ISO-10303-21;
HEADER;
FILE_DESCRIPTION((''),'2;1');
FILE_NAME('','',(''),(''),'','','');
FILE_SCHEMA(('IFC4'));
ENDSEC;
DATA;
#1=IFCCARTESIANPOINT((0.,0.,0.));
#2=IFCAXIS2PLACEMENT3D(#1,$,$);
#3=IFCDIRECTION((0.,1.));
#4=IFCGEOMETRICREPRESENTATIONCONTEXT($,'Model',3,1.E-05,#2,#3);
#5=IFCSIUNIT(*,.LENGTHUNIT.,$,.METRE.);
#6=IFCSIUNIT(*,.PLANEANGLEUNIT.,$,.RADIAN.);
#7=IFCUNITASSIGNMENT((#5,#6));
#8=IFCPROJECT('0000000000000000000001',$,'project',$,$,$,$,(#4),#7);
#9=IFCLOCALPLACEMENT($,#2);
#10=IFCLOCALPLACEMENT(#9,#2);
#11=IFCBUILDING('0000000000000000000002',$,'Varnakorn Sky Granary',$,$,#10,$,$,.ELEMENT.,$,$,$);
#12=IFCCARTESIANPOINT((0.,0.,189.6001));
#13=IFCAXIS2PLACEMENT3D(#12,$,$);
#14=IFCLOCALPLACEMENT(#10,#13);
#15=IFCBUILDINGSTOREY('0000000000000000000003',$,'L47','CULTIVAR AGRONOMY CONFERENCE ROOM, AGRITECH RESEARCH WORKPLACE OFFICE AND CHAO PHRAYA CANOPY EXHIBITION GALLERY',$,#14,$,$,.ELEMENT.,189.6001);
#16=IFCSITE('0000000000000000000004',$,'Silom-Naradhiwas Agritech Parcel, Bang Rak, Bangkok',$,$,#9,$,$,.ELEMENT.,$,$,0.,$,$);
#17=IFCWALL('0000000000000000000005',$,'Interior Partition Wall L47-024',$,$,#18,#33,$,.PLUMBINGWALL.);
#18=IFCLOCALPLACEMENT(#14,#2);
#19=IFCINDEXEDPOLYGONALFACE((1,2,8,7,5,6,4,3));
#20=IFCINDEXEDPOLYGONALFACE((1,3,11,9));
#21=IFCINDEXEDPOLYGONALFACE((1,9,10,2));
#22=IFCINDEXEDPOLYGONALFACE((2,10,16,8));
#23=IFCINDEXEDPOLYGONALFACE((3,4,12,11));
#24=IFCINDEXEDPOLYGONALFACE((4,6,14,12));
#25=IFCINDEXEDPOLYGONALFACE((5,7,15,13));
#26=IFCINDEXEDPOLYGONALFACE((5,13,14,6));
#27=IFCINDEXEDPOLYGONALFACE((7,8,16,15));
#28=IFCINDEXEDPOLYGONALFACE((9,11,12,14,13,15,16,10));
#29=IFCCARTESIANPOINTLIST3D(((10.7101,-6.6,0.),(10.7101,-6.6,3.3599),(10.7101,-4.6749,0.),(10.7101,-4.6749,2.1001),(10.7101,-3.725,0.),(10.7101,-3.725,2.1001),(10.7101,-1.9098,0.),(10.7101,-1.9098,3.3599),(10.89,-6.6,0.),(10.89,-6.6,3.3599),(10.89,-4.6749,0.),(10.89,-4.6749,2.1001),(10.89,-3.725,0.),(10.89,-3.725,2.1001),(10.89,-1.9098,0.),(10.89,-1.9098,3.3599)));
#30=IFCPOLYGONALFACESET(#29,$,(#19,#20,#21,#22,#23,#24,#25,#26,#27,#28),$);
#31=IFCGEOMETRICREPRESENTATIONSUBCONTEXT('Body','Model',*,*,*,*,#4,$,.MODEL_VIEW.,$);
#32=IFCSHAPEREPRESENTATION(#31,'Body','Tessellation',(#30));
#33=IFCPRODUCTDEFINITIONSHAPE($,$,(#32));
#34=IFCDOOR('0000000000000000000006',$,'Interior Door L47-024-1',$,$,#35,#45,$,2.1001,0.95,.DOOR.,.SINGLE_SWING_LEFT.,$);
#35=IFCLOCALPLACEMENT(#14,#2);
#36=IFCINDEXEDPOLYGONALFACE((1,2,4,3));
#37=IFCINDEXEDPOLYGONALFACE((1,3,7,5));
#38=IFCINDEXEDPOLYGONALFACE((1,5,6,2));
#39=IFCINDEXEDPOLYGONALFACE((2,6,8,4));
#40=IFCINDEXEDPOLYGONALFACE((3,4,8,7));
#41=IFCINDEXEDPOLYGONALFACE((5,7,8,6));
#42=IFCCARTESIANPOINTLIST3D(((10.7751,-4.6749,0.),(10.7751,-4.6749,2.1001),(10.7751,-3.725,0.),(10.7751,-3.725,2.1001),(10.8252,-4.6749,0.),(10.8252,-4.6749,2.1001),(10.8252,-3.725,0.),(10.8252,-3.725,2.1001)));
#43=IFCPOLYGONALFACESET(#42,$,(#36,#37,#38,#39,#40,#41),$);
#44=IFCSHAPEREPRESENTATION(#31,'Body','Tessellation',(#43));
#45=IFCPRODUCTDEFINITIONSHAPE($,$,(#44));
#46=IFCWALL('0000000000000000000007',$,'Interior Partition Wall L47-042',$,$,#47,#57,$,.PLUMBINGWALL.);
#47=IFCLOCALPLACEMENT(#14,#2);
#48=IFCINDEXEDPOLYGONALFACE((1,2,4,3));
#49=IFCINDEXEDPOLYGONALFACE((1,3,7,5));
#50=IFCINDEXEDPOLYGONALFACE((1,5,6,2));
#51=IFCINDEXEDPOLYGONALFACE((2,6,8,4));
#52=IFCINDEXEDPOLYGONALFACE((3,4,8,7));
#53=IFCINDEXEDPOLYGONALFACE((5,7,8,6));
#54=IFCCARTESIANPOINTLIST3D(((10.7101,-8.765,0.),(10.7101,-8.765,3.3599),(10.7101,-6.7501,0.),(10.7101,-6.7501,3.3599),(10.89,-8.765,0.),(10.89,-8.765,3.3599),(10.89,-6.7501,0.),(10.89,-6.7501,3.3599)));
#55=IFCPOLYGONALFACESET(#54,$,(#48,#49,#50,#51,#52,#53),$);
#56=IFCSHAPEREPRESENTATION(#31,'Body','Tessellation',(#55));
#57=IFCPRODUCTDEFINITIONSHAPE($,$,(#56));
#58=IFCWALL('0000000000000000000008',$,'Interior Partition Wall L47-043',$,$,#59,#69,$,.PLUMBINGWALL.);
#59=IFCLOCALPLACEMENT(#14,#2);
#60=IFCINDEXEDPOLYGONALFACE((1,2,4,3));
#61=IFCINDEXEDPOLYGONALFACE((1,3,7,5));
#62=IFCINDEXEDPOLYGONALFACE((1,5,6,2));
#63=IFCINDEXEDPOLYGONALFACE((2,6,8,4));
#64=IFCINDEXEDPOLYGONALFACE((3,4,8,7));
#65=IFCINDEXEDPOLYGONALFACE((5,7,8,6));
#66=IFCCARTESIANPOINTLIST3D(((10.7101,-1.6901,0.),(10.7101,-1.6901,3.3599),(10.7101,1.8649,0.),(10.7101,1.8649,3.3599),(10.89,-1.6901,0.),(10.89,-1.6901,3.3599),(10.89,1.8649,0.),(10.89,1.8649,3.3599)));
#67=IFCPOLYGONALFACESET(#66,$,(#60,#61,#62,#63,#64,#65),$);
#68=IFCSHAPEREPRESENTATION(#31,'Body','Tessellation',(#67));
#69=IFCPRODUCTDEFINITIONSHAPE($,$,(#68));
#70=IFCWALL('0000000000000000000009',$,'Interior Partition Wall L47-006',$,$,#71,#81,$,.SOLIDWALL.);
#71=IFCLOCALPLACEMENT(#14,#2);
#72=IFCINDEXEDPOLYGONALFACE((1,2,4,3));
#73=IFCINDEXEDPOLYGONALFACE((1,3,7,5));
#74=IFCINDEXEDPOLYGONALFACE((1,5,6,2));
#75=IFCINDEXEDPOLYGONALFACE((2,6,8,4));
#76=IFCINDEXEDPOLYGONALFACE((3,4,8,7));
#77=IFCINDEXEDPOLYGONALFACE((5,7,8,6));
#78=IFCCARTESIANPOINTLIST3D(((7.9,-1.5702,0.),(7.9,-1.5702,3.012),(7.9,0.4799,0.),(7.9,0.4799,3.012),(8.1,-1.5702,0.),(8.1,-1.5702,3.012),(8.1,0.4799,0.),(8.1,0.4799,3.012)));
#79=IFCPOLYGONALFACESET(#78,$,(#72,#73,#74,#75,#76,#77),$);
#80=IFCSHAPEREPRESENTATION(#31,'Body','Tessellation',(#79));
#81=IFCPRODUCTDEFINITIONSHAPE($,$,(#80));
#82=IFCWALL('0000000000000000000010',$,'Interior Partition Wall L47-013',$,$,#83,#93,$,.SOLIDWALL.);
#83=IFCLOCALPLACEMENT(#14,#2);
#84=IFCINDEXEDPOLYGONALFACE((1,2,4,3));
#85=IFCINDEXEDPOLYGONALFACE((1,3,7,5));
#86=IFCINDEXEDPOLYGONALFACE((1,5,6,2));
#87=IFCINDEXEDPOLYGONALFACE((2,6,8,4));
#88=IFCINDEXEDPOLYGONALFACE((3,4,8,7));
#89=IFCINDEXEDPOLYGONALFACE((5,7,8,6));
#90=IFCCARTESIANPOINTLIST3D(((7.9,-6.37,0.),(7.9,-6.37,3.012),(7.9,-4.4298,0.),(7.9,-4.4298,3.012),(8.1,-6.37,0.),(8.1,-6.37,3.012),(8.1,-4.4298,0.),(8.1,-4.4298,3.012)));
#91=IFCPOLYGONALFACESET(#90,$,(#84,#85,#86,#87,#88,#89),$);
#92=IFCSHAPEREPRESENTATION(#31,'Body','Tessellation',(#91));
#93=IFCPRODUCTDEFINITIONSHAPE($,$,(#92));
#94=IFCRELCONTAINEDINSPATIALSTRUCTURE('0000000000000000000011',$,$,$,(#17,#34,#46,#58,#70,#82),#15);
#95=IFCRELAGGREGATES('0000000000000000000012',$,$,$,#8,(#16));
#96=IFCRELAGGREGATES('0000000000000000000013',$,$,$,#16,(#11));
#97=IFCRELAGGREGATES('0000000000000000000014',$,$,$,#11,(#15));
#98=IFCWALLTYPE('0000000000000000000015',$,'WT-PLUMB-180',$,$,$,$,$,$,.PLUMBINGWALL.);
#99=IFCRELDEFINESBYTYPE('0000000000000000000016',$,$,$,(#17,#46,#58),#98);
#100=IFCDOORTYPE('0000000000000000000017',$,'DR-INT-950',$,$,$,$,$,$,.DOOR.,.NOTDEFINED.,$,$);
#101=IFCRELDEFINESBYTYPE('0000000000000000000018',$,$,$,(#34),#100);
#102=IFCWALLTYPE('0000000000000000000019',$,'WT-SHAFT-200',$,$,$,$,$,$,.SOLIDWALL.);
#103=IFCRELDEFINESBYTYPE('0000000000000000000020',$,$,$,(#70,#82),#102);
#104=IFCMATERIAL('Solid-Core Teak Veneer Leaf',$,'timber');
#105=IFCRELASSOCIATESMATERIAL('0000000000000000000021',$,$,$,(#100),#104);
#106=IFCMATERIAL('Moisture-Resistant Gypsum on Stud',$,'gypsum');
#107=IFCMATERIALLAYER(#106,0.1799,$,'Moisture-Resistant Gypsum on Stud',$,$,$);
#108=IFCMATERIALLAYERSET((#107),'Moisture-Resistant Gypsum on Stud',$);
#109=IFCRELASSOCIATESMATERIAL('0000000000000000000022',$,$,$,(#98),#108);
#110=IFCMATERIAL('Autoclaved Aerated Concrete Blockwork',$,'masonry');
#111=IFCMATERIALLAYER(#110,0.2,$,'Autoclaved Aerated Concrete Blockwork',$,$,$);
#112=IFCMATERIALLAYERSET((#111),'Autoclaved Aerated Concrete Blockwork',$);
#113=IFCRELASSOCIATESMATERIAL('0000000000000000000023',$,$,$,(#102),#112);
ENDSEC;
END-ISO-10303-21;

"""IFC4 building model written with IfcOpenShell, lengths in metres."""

from ifc_helpers import new_model, si_unit, direction, frame, frame_2d, origin, place, context, subcontext, project, spatial, rectangle, extrude, material, layer, layer_set, type_object, element, fill, save


model = new_model("IFC4")

# Units and contexts
model_context = context("Model", 3, precision=1e-05, world=origin(), true_north=direction((0.0, 1.0)))
body_context = subcontext(model_context, "Body", "Model", "MODEL_VIEW")
ifc_project = project(units=[si_unit("LENGTHUNIT", "METRE"), si_unit("PLANEANGLEUNIT", "RADIAN")], contexts=[model_context])

# Site, building, storey
site_placement = place(None, origin())
site = spatial("IfcSite", under=ifc_project, at=site_placement, Name="Silom-Naradhiwas Agritech Parcel, Bang Rak, Bangkok", CompositionType="ELEMENT", RefElevation=0.0)
building_placement = place(site_placement, origin())
building = spatial("IfcBuilding", under=site, at=building_placement, Name="Varnakorn Sky Granary", CompositionType="ELEMENT")
storey_placement = place(building_placement, frame((0.0, 0.0, 189.6001)))
storey = spatial("IfcBuildingStorey", under=building, at=storey_placement, Name="L47", Description="CULTIVAR AGRONOMY CONFERENCE ROOM, AGRITECH RESEARCH WORKPLACE OFFICE AND CHAO PHRAYA CANOPY EXHIBITION GALLERY", CompositionType="ELEMENT", Elevation=189.6001)

# Shared definitions
ifc_material_1 = material(Name="Autoclaved Aerated Concrete Blockwork", Category="masonry")
ifc_material_2 = material(Name="Solid-Core Teak Veneer Leaf", Category="timber")
door_type_1 = type_object("IfcDoorType", Name="DR-INT-950", OperationType="NOTDEFINED", PredefinedType="DOOR", material=ifc_material_2)

# Wall, opening, door
ifc_material_3 = material(Name="Moisture-Resistant Gypsum on Stud", Category="gypsum")
ifc_layer_1 = layer(ifc_material_3, 0.1799, Name="Moisture-Resistant Gypsum on Stud")
ifc_layer_set_1 = layer_set([ifc_layer_1], Name="Moisture-Resistant Gypsum on Stud")
wall_type_1 = type_object("IfcWallType", Name="WT-PLUMB-180", PredefinedType="PLUMBINGWALL", material=ifc_layer_set_1)
wall_1_placement = place(storey_placement, frame((10.8, -6.6001, 0.0), z_axis=(0.0, 0.0, 1.0), x_axis=(0.0, 1.0, 0.0)))
wall_1 = element("IfcWall", 1, at=wall_1_placement, inside=storey, type_object=wall_type_1, Name="Interior Partition Wall L47-024", PredefinedType="PLUMBINGWALL", context=body_context, shape_type="SweptSolid", body=[
    extrude(rectangle(XDim=4.6902, YDim=0.1799, at=frame_2d((2.3452, 0.0))), origin(), (0.0, 0.0, 1.0), 3.3599),
])
opening_1_placement = place(wall_1_placement, frame((1.925, 0.0, 0.0)))
opening_1 = element("IfcOpeningElement", 2, at=opening_1_placement, cuts=wall_1, PredefinedType="OPENING", context=body_context, shape_type="SweptSolid", body=[
    extrude(rectangle(XDim=0.95, YDim=2.1001, at=frame_2d((0.4751, 1.05))), frame((0.0, 0.1001, 0.0), z_axis=(0.0, -1.0, 0.0), x_axis=(1.0, 0.0, 0.0)), (0.0, 0.0, 1.0), 0.2),
])
door_1_placement = place(opening_1_placement, origin())
door_1 = element("IfcDoor", 3, at=door_1_placement, inside=storey, type_object=door_type_1, Name="Interior Door L47-024-1", OperationType="SINGLE_SWING_LEFT", OverallHeight=2.1001, OverallWidth=0.95, PredefinedType="DOOR", context=body_context, shape_type="SweptSolid", body=[
    extrude(rectangle(XDim=0.95, YDim=2.1001, at=frame_2d((0.4751, 1.05))), frame((0.0, 0.0249, 0.0), z_axis=(0.0, -1.0, 0.0), x_axis=(1.0, 0.0, 0.0)), (0.0, 0.0, 1.0), 0.05),
])
fill(opening_1, door_1)

# Walls
wall_2_placement = place(storey_placement, frame((10.8, -8.7649, 0.0), z_axis=(0.0, 0.0, 1.0), x_axis=(0.0, 1.0, 0.0)))
element("IfcWall", 4, at=wall_2_placement, inside=storey, type_object=wall_type_1, Name="Interior Partition Wall L47-042", PredefinedType="PLUMBINGWALL", context=body_context, shape_type="SweptSolid", body=[
    extrude(rectangle(XDim=2.0149, YDim=0.1799, at=frame_2d((1.0073, 0.0))), origin(), (0.0, 0.0, 1.0), 3.3599),
])
wall_3_placement = place(storey_placement, frame((10.8, -1.6899, 0.0), z_axis=(0.0, 0.0, 1.0), x_axis=(0.0, 1.0, 0.0)))
element("IfcWall", 5, at=wall_3_placement, inside=storey, type_object=wall_type_1, Name="Interior Partition Wall L47-043", PredefinedType="PLUMBINGWALL", context=body_context, shape_type="SweptSolid", body=[
    extrude(rectangle(XDim=3.5549, YDim=0.1799, at=frame_2d((1.7773, 0.0))), origin(), (0.0, 0.0, 1.0), 3.3599),
])
ifc_layer_2 = layer(ifc_material_1, 0.2, Name="Autoclaved Aerated Concrete Blockwork")
ifc_layer_set_2 = layer_set([ifc_layer_2], Name="Autoclaved Aerated Concrete Blockwork")
wall_type_2 = type_object("IfcWallType", Name="WT-SHAFT-200", PredefinedType="SOLIDWALL", material=ifc_layer_set_2)
wall_4_placement = place(storey_placement, frame((8.0, -1.5701, 0.0), z_axis=(0.0, 0.0, 1.0), x_axis=(0.0, 1.0, 0.0)))
element("IfcWall", 6, at=wall_4_placement, inside=storey, type_object=wall_type_2, Name="Interior Partition Wall L47-006", PredefinedType="SOLIDWALL", context=body_context, shape_type="SweptSolid", body=[
    extrude(rectangle(XDim=2.05, YDim=0.2, at=frame_2d((1.0249, 0.0))), origin(), (0.0, 0.0, 1.0), 3.012),
])
wall_5_placement = place(storey_placement, frame((8.0, -6.3701, 0.0), z_axis=(0.0, 0.0, 1.0), x_axis=(0.0, 1.0, 0.0)))
element("IfcWall", 7, at=wall_5_placement, inside=storey, type_object=wall_type_2, Name="Interior Partition Wall L47-013", PredefinedType="SOLIDWALL", context=body_context, shape_type="SweptSolid", body=[
    extrude(rectangle(XDim=1.9402, YDim=0.2, at=frame_2d((0.9702, 0.0))), origin(), (0.0, 0.0, 1.0), 3.012),
])

save(model, "model.ifc")
